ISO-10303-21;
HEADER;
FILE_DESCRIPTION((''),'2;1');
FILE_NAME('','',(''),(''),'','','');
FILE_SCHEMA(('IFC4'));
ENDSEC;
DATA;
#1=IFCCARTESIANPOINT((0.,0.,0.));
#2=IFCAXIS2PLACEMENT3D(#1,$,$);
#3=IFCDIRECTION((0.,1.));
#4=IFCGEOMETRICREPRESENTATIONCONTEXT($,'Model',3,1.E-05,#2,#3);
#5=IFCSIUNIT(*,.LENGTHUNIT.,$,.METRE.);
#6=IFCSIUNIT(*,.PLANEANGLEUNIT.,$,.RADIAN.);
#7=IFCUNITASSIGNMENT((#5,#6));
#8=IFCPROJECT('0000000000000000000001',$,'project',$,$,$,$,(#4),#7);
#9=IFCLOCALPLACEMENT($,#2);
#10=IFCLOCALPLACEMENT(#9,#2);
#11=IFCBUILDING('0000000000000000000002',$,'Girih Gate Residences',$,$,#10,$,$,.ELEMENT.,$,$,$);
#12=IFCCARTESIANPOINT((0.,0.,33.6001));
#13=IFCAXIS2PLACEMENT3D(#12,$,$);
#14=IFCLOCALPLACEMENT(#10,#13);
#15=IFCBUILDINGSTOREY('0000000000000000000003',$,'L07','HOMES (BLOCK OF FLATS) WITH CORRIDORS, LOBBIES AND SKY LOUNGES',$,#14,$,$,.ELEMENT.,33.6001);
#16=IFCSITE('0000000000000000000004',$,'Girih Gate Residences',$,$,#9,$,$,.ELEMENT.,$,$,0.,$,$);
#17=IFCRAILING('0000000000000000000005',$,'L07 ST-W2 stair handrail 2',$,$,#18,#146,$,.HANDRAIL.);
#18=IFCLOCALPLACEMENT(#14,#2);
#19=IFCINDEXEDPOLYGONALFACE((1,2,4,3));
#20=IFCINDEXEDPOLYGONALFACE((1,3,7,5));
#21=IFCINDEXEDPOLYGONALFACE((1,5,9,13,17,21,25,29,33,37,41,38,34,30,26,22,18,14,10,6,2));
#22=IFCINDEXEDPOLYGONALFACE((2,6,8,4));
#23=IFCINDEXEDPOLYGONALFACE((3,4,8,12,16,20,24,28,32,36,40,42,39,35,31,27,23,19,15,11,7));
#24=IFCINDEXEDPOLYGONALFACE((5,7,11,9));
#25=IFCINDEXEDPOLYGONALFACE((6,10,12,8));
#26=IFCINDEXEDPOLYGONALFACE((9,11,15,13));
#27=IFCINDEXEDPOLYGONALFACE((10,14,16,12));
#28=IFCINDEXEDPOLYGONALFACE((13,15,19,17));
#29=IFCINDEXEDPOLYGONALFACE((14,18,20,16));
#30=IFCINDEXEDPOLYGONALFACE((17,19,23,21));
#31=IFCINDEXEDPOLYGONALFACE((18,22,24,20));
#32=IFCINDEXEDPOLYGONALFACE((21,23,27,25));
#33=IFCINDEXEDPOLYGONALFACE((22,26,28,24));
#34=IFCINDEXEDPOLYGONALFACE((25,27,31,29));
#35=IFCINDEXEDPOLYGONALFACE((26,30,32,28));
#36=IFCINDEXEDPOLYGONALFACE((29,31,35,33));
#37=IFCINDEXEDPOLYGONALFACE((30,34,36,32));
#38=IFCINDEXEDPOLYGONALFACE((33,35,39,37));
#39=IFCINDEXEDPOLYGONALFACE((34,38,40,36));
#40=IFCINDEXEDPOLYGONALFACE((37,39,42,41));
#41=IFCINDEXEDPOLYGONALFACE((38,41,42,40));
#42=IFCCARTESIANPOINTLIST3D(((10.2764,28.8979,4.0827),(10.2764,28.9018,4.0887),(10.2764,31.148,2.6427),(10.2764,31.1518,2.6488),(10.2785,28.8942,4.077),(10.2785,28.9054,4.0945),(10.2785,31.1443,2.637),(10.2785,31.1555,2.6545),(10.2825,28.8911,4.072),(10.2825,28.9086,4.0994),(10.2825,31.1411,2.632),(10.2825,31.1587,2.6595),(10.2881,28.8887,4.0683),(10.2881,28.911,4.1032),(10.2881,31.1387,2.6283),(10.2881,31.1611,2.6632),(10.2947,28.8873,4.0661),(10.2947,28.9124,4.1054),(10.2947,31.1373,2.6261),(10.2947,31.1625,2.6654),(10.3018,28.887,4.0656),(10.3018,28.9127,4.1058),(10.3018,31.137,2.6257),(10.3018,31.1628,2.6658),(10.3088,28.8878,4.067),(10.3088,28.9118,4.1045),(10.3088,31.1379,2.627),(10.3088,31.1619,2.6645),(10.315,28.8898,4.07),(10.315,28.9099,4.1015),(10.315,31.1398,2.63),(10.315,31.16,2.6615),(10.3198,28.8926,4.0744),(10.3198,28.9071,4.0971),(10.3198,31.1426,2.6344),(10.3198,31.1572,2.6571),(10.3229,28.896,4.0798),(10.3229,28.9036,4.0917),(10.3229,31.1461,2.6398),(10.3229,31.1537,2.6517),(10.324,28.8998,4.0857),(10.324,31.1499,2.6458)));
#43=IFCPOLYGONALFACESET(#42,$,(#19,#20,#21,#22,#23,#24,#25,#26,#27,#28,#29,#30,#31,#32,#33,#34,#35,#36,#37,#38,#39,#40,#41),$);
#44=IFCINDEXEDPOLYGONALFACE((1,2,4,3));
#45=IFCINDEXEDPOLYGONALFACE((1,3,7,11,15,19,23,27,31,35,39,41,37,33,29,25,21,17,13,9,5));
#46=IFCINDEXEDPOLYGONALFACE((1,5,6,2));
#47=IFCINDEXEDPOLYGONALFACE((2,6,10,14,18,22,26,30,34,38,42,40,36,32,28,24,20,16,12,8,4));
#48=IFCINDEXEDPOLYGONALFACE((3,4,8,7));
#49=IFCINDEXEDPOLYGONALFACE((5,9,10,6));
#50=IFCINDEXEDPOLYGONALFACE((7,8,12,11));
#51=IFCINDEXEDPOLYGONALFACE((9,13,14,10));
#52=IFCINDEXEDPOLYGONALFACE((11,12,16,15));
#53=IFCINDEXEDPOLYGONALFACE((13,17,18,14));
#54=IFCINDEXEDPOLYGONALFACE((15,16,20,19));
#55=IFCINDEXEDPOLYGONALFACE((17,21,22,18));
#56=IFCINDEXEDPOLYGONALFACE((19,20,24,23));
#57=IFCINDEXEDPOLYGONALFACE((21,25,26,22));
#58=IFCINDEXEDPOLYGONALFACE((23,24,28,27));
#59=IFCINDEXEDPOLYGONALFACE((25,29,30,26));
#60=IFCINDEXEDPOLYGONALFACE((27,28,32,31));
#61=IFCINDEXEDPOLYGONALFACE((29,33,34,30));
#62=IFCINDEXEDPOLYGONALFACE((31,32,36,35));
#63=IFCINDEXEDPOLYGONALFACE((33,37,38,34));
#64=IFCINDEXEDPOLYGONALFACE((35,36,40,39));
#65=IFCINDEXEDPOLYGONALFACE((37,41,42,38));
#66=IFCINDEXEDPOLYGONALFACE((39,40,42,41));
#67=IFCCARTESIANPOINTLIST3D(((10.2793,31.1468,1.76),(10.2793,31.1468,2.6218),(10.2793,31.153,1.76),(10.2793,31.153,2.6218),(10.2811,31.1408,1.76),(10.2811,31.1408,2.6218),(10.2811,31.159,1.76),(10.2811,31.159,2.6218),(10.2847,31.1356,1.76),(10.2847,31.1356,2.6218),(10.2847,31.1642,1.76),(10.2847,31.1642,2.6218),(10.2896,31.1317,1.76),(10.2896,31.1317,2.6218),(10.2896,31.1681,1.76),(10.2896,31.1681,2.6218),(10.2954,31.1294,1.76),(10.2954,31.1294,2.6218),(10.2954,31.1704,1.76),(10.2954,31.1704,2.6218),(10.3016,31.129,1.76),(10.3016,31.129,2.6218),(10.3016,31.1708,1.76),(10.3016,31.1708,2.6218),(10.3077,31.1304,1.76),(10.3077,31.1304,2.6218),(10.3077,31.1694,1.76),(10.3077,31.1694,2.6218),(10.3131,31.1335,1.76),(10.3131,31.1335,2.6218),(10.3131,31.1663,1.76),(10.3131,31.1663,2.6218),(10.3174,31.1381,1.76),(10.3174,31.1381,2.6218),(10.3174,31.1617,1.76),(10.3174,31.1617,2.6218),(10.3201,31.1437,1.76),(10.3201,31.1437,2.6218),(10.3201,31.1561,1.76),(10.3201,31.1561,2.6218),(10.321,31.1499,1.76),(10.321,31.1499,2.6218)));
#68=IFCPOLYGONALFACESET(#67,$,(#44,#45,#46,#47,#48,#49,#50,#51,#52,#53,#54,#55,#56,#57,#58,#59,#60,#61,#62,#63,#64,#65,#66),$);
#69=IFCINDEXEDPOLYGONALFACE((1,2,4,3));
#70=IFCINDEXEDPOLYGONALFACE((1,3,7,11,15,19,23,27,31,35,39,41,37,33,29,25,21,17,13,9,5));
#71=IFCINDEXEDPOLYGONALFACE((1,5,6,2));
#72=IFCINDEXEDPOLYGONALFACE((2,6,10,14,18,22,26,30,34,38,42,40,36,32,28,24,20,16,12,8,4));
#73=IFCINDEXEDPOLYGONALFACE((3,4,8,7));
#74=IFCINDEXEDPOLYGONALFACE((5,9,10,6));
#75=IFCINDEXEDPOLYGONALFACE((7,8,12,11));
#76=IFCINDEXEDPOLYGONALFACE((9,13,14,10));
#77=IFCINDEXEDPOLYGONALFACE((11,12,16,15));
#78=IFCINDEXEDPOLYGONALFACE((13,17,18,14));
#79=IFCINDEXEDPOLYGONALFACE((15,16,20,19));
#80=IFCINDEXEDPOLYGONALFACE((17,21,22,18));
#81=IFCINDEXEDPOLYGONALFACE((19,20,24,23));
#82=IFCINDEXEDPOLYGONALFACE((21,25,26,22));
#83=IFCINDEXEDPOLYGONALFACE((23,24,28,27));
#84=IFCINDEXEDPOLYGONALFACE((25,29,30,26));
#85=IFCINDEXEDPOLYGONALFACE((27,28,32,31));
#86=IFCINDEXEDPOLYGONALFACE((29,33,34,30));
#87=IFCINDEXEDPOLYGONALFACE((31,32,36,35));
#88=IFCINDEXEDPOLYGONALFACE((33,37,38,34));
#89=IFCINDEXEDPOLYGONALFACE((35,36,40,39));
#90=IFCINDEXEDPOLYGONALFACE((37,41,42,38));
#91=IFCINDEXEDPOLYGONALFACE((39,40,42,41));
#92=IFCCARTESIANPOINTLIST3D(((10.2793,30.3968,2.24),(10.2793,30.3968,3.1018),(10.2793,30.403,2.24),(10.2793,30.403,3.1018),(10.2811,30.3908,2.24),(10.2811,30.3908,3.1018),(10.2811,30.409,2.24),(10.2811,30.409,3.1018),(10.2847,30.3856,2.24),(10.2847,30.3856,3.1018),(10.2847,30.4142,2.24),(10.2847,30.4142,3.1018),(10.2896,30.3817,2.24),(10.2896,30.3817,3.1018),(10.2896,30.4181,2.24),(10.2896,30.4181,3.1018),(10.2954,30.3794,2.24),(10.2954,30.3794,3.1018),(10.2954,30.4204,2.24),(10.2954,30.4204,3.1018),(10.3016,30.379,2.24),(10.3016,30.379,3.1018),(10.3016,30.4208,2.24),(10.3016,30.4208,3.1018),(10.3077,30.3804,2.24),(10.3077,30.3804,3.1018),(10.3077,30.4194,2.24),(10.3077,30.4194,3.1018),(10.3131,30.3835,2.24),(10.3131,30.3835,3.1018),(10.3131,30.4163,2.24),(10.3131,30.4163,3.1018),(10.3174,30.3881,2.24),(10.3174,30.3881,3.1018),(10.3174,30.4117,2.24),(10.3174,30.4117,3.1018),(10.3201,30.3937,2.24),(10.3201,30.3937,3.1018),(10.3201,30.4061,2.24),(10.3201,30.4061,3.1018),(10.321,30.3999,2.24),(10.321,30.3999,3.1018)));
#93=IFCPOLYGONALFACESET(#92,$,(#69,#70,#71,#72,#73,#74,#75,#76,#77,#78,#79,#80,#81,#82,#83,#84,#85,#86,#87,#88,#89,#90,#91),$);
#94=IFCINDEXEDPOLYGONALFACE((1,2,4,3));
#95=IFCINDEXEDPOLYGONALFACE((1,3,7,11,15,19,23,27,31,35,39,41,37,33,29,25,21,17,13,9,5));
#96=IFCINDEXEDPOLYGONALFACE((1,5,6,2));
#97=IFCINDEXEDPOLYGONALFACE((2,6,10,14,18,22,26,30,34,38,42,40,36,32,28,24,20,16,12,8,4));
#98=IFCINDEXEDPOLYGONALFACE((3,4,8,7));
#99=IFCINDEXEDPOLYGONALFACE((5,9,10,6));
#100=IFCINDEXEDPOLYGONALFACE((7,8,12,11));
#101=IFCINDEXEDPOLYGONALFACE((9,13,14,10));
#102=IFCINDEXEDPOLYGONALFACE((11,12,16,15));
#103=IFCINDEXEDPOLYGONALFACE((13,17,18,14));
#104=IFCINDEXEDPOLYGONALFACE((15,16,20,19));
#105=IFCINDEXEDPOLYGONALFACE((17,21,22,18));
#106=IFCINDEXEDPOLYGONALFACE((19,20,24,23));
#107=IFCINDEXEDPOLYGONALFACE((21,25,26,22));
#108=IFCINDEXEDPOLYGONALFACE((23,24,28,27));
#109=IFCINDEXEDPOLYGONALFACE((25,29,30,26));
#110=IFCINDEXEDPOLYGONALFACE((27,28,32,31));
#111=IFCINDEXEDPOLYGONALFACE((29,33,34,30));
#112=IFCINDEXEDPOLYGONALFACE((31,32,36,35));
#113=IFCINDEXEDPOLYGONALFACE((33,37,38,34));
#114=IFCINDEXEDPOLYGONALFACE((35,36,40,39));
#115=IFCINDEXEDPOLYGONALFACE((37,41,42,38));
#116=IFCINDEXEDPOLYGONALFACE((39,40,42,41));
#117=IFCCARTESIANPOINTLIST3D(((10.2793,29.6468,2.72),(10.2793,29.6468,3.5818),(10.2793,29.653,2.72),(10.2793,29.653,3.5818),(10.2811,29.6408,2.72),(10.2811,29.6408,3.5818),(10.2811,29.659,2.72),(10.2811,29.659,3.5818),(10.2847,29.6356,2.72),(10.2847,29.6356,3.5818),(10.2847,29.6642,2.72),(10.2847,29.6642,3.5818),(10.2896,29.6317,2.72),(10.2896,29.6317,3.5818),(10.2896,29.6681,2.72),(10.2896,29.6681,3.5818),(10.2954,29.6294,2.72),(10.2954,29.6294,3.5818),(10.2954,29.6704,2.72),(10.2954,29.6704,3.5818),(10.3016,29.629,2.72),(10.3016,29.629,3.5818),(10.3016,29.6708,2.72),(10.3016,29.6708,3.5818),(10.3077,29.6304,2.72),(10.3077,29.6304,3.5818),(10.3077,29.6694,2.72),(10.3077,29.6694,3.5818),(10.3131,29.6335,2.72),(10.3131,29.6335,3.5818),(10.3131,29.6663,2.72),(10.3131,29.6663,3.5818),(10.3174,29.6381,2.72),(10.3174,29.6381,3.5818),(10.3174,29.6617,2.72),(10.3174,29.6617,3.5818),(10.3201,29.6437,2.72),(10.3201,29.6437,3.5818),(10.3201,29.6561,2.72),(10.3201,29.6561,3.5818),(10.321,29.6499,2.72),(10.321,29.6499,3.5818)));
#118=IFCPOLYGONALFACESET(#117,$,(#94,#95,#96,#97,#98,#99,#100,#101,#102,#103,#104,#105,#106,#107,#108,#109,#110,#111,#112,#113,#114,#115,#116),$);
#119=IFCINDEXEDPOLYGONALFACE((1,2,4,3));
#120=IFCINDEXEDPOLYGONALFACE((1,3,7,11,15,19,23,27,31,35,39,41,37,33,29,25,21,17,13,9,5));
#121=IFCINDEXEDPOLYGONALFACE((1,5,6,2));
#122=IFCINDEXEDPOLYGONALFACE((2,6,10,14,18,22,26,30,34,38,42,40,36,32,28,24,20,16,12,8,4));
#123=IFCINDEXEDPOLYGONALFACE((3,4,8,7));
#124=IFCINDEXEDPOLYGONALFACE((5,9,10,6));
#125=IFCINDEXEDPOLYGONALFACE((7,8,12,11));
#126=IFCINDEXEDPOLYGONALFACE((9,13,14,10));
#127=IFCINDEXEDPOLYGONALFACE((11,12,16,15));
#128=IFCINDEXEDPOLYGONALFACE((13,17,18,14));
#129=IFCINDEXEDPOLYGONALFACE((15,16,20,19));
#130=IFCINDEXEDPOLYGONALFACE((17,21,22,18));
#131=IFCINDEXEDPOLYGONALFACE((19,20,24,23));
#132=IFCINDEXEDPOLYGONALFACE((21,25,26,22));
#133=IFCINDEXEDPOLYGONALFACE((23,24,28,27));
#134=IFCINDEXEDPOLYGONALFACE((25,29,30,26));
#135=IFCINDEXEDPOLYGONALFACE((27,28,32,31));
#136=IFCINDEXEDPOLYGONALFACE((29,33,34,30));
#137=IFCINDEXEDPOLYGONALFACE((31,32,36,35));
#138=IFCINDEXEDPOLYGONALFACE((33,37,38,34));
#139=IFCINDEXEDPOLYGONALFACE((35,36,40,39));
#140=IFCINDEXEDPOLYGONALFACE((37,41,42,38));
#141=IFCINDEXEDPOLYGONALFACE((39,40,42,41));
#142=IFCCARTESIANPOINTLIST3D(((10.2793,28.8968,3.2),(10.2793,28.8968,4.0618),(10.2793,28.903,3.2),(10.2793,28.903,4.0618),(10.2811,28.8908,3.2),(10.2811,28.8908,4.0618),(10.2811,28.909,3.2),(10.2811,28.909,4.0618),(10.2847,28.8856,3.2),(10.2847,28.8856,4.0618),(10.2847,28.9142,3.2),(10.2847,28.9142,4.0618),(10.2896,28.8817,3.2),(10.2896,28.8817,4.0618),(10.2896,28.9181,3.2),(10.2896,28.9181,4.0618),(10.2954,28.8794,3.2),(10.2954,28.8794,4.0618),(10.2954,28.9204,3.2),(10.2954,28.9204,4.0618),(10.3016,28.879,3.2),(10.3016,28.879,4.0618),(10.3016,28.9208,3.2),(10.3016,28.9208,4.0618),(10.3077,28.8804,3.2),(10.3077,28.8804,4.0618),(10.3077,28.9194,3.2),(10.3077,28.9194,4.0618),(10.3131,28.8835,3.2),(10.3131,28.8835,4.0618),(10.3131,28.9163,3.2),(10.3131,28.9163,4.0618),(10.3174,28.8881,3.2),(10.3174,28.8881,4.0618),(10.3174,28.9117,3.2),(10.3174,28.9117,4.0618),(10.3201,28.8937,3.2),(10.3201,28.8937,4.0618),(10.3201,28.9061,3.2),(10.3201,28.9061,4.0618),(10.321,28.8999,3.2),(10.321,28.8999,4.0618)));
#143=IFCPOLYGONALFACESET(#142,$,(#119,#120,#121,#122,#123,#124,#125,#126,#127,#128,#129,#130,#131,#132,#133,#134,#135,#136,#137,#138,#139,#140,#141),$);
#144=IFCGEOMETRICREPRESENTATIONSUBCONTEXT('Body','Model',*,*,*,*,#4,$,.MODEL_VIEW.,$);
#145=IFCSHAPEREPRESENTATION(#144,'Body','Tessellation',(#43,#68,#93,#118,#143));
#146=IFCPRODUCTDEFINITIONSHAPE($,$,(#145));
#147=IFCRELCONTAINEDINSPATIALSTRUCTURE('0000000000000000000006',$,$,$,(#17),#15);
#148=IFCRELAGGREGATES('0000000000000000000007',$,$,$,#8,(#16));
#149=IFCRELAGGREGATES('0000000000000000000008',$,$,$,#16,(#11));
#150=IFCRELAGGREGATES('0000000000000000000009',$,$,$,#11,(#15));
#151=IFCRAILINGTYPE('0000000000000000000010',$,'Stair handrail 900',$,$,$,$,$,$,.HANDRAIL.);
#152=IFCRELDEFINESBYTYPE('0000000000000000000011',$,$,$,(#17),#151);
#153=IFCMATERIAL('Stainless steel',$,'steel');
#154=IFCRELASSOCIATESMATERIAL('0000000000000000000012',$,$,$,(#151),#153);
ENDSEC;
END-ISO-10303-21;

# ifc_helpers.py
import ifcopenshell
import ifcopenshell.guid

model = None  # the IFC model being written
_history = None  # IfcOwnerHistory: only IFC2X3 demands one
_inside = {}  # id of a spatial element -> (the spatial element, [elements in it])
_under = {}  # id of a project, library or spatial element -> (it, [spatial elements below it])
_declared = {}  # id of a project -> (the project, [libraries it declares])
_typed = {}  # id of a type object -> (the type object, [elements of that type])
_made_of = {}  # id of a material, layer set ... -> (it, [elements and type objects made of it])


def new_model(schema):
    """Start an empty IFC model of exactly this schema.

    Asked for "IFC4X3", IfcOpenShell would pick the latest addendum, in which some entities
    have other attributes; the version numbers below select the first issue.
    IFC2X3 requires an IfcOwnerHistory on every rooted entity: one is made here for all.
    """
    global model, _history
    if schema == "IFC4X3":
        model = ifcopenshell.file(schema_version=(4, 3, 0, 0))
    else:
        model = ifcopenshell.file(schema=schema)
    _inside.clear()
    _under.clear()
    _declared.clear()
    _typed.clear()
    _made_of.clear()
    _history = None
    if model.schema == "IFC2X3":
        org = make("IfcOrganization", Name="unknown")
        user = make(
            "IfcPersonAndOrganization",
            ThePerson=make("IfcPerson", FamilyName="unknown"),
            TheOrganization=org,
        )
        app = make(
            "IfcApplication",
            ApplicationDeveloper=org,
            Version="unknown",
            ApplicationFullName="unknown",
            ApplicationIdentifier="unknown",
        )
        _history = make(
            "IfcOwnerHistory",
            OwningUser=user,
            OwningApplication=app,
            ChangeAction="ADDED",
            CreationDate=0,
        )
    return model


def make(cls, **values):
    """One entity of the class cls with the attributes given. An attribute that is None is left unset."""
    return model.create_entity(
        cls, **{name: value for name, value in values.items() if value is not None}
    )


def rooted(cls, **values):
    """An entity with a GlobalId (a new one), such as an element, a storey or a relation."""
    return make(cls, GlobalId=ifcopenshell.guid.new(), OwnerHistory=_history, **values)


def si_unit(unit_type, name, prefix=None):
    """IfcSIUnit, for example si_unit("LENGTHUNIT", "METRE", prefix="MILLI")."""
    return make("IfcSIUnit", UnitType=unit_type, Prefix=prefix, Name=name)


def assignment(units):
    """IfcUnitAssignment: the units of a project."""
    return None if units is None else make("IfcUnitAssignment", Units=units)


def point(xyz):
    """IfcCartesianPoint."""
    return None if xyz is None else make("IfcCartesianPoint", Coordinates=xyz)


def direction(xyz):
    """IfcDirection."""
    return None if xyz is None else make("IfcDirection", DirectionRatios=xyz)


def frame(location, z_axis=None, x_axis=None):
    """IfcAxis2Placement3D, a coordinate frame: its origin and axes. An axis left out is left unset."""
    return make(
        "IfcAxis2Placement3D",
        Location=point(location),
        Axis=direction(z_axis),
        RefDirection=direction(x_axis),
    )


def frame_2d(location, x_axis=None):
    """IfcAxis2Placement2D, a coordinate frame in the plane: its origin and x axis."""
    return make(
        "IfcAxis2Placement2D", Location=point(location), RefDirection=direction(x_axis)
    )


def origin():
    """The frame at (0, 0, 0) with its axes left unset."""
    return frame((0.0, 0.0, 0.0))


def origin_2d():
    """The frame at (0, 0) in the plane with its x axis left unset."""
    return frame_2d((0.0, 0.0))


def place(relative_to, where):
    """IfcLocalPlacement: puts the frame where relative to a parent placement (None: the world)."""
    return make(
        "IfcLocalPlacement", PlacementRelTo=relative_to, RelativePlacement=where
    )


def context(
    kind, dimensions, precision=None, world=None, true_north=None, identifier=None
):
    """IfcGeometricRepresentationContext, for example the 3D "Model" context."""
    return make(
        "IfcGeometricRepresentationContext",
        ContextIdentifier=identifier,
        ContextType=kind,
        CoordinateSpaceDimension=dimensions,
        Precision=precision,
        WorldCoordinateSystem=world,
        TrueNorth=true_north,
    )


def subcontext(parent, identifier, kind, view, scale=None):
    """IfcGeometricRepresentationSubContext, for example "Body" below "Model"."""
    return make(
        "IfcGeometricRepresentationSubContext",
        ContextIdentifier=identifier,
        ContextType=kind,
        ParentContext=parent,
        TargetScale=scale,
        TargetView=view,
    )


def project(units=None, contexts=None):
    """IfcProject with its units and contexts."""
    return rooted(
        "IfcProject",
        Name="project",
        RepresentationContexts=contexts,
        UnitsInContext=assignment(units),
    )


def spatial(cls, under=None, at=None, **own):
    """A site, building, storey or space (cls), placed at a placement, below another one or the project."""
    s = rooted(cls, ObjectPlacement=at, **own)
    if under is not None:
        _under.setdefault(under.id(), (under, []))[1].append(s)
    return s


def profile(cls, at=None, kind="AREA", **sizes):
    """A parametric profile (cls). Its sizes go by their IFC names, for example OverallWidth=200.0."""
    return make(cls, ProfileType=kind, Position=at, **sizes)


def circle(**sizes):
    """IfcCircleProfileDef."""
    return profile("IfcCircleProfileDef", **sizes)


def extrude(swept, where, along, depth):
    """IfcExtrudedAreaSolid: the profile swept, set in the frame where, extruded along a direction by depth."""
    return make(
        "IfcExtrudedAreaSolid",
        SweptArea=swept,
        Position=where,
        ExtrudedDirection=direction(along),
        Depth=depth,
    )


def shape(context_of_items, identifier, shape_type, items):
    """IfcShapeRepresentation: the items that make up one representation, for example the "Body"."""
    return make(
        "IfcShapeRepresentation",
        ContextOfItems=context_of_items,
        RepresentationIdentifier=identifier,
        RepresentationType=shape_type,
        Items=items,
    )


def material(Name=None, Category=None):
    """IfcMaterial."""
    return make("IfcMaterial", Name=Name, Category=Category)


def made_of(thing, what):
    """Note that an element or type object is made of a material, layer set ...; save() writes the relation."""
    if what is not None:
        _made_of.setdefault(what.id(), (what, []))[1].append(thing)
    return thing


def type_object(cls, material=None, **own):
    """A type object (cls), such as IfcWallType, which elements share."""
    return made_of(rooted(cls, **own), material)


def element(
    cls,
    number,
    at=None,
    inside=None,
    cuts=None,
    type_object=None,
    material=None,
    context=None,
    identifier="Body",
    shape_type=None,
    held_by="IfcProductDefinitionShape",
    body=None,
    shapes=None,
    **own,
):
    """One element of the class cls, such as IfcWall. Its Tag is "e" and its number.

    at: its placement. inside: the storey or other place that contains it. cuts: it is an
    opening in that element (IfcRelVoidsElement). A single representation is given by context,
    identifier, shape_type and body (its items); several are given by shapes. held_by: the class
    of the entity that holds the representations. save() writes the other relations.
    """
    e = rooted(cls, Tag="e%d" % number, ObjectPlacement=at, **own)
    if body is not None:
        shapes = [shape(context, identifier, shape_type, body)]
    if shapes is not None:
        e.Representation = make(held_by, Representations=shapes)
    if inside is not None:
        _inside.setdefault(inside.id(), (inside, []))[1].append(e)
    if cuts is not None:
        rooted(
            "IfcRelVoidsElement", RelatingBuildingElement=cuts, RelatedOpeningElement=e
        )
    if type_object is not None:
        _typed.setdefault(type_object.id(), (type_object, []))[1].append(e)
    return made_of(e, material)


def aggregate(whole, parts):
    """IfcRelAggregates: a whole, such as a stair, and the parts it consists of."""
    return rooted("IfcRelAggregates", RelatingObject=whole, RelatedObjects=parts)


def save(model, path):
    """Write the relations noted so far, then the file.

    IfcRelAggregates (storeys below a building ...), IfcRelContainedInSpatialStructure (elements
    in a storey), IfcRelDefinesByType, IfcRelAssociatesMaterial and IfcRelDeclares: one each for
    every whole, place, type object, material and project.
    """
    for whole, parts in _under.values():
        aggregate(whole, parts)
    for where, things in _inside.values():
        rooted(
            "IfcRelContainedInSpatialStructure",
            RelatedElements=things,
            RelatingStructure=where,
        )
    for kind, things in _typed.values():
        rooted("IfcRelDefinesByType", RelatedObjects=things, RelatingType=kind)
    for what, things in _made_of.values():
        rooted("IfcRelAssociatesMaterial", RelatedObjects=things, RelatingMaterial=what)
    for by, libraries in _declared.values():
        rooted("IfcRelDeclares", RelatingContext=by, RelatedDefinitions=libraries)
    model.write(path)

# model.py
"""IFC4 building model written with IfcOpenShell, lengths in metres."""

from ifc_helpers import new_model, si_unit, direction, frame, origin, origin_2d, place, context, subcontext, project, spatial, circle, extrude, material, type_object, element, save


model = new_model("IFC4")

# Units and contexts
model_context = context("Model", 3, precision=1e-05, world=origin(), true_north=direction((0.0, 1.0)))
body_context = subcontext(model_context, "Body", "Model", "MODEL_VIEW")
ifc_project = project(units=[si_unit("LENGTHUNIT", "METRE"), si_unit("PLANEANGLEUNIT", "RADIAN")], contexts=[model_context])

# Site, building, storey
site_placement = place(None, origin())
site = spatial("IfcSite", under=ifc_project, at=site_placement, Name="Girih Gate Residences", CompositionType="ELEMENT", RefElevation=0.0)
building_placement = place(site_placement, origin())
building = spatial("IfcBuilding", under=site, at=building_placement, Name="Girih Gate Residences", CompositionType="ELEMENT")
storey_placement = place(building_placement, frame((0.0, 0.0, 33.6001)))
storey = spatial("IfcBuildingStorey", under=building, at=storey_placement, Name="L07", Description="HOMES (BLOCK OF FLATS) WITH CORRIDORS, LOBBIES AND SKY LOUNGES", CompositionType="ELEMENT", Elevation=33.6001)

# Railing
ifc_material_1 = material(Name="Stainless steel", Category="steel")
railing_type_1 = type_object("IfcRailingType", Name="Stair handrail 900", PredefinedType="HANDRAIL", material=ifc_material_1)
railing_1_placement = place(storey_placement, frame((10.3, 31.1499, 1.76)))
element("IfcRailing", 1, at=railing_1_placement, inside=storey, type_object=railing_type_1, Name="L07 ST-W2 stair handrail 2", PredefinedType="HANDRAIL", context=body_context, shape_type="SweptSolid", body=[
    extrude(circle(Radius=0.0239, at=origin_2d()), frame((0.0, 0.0, 0.8857), z_axis=(0.0, -0.842281, 0.539038), x_axis=(1.0, 0.0, 0.0)), (0.0, 0.0, 1.0), 2.6714),
    extrude(circle(Radius=0.021, at=origin_2d()), origin(), (0.0, 0.0, 1.0), 0.8618),
    extrude(circle(Radius=0.021, at=origin_2d()), frame((0.0, -0.75, 0.48)), (0.0, 0.0, 1.0), 0.8618),
    extrude(circle(Radius=0.021, at=origin_2d()), frame((0.0, -1.5, 0.96)), (0.0, 0.0, 1.0), 0.8618),
    extrude(circle(Radius=0.021, at=origin_2d()), frame((0.0, -2.25, 1.4399)), (0.0, 0.0, 1.0), 0.8618),
])

save(model, "model.ifc")
